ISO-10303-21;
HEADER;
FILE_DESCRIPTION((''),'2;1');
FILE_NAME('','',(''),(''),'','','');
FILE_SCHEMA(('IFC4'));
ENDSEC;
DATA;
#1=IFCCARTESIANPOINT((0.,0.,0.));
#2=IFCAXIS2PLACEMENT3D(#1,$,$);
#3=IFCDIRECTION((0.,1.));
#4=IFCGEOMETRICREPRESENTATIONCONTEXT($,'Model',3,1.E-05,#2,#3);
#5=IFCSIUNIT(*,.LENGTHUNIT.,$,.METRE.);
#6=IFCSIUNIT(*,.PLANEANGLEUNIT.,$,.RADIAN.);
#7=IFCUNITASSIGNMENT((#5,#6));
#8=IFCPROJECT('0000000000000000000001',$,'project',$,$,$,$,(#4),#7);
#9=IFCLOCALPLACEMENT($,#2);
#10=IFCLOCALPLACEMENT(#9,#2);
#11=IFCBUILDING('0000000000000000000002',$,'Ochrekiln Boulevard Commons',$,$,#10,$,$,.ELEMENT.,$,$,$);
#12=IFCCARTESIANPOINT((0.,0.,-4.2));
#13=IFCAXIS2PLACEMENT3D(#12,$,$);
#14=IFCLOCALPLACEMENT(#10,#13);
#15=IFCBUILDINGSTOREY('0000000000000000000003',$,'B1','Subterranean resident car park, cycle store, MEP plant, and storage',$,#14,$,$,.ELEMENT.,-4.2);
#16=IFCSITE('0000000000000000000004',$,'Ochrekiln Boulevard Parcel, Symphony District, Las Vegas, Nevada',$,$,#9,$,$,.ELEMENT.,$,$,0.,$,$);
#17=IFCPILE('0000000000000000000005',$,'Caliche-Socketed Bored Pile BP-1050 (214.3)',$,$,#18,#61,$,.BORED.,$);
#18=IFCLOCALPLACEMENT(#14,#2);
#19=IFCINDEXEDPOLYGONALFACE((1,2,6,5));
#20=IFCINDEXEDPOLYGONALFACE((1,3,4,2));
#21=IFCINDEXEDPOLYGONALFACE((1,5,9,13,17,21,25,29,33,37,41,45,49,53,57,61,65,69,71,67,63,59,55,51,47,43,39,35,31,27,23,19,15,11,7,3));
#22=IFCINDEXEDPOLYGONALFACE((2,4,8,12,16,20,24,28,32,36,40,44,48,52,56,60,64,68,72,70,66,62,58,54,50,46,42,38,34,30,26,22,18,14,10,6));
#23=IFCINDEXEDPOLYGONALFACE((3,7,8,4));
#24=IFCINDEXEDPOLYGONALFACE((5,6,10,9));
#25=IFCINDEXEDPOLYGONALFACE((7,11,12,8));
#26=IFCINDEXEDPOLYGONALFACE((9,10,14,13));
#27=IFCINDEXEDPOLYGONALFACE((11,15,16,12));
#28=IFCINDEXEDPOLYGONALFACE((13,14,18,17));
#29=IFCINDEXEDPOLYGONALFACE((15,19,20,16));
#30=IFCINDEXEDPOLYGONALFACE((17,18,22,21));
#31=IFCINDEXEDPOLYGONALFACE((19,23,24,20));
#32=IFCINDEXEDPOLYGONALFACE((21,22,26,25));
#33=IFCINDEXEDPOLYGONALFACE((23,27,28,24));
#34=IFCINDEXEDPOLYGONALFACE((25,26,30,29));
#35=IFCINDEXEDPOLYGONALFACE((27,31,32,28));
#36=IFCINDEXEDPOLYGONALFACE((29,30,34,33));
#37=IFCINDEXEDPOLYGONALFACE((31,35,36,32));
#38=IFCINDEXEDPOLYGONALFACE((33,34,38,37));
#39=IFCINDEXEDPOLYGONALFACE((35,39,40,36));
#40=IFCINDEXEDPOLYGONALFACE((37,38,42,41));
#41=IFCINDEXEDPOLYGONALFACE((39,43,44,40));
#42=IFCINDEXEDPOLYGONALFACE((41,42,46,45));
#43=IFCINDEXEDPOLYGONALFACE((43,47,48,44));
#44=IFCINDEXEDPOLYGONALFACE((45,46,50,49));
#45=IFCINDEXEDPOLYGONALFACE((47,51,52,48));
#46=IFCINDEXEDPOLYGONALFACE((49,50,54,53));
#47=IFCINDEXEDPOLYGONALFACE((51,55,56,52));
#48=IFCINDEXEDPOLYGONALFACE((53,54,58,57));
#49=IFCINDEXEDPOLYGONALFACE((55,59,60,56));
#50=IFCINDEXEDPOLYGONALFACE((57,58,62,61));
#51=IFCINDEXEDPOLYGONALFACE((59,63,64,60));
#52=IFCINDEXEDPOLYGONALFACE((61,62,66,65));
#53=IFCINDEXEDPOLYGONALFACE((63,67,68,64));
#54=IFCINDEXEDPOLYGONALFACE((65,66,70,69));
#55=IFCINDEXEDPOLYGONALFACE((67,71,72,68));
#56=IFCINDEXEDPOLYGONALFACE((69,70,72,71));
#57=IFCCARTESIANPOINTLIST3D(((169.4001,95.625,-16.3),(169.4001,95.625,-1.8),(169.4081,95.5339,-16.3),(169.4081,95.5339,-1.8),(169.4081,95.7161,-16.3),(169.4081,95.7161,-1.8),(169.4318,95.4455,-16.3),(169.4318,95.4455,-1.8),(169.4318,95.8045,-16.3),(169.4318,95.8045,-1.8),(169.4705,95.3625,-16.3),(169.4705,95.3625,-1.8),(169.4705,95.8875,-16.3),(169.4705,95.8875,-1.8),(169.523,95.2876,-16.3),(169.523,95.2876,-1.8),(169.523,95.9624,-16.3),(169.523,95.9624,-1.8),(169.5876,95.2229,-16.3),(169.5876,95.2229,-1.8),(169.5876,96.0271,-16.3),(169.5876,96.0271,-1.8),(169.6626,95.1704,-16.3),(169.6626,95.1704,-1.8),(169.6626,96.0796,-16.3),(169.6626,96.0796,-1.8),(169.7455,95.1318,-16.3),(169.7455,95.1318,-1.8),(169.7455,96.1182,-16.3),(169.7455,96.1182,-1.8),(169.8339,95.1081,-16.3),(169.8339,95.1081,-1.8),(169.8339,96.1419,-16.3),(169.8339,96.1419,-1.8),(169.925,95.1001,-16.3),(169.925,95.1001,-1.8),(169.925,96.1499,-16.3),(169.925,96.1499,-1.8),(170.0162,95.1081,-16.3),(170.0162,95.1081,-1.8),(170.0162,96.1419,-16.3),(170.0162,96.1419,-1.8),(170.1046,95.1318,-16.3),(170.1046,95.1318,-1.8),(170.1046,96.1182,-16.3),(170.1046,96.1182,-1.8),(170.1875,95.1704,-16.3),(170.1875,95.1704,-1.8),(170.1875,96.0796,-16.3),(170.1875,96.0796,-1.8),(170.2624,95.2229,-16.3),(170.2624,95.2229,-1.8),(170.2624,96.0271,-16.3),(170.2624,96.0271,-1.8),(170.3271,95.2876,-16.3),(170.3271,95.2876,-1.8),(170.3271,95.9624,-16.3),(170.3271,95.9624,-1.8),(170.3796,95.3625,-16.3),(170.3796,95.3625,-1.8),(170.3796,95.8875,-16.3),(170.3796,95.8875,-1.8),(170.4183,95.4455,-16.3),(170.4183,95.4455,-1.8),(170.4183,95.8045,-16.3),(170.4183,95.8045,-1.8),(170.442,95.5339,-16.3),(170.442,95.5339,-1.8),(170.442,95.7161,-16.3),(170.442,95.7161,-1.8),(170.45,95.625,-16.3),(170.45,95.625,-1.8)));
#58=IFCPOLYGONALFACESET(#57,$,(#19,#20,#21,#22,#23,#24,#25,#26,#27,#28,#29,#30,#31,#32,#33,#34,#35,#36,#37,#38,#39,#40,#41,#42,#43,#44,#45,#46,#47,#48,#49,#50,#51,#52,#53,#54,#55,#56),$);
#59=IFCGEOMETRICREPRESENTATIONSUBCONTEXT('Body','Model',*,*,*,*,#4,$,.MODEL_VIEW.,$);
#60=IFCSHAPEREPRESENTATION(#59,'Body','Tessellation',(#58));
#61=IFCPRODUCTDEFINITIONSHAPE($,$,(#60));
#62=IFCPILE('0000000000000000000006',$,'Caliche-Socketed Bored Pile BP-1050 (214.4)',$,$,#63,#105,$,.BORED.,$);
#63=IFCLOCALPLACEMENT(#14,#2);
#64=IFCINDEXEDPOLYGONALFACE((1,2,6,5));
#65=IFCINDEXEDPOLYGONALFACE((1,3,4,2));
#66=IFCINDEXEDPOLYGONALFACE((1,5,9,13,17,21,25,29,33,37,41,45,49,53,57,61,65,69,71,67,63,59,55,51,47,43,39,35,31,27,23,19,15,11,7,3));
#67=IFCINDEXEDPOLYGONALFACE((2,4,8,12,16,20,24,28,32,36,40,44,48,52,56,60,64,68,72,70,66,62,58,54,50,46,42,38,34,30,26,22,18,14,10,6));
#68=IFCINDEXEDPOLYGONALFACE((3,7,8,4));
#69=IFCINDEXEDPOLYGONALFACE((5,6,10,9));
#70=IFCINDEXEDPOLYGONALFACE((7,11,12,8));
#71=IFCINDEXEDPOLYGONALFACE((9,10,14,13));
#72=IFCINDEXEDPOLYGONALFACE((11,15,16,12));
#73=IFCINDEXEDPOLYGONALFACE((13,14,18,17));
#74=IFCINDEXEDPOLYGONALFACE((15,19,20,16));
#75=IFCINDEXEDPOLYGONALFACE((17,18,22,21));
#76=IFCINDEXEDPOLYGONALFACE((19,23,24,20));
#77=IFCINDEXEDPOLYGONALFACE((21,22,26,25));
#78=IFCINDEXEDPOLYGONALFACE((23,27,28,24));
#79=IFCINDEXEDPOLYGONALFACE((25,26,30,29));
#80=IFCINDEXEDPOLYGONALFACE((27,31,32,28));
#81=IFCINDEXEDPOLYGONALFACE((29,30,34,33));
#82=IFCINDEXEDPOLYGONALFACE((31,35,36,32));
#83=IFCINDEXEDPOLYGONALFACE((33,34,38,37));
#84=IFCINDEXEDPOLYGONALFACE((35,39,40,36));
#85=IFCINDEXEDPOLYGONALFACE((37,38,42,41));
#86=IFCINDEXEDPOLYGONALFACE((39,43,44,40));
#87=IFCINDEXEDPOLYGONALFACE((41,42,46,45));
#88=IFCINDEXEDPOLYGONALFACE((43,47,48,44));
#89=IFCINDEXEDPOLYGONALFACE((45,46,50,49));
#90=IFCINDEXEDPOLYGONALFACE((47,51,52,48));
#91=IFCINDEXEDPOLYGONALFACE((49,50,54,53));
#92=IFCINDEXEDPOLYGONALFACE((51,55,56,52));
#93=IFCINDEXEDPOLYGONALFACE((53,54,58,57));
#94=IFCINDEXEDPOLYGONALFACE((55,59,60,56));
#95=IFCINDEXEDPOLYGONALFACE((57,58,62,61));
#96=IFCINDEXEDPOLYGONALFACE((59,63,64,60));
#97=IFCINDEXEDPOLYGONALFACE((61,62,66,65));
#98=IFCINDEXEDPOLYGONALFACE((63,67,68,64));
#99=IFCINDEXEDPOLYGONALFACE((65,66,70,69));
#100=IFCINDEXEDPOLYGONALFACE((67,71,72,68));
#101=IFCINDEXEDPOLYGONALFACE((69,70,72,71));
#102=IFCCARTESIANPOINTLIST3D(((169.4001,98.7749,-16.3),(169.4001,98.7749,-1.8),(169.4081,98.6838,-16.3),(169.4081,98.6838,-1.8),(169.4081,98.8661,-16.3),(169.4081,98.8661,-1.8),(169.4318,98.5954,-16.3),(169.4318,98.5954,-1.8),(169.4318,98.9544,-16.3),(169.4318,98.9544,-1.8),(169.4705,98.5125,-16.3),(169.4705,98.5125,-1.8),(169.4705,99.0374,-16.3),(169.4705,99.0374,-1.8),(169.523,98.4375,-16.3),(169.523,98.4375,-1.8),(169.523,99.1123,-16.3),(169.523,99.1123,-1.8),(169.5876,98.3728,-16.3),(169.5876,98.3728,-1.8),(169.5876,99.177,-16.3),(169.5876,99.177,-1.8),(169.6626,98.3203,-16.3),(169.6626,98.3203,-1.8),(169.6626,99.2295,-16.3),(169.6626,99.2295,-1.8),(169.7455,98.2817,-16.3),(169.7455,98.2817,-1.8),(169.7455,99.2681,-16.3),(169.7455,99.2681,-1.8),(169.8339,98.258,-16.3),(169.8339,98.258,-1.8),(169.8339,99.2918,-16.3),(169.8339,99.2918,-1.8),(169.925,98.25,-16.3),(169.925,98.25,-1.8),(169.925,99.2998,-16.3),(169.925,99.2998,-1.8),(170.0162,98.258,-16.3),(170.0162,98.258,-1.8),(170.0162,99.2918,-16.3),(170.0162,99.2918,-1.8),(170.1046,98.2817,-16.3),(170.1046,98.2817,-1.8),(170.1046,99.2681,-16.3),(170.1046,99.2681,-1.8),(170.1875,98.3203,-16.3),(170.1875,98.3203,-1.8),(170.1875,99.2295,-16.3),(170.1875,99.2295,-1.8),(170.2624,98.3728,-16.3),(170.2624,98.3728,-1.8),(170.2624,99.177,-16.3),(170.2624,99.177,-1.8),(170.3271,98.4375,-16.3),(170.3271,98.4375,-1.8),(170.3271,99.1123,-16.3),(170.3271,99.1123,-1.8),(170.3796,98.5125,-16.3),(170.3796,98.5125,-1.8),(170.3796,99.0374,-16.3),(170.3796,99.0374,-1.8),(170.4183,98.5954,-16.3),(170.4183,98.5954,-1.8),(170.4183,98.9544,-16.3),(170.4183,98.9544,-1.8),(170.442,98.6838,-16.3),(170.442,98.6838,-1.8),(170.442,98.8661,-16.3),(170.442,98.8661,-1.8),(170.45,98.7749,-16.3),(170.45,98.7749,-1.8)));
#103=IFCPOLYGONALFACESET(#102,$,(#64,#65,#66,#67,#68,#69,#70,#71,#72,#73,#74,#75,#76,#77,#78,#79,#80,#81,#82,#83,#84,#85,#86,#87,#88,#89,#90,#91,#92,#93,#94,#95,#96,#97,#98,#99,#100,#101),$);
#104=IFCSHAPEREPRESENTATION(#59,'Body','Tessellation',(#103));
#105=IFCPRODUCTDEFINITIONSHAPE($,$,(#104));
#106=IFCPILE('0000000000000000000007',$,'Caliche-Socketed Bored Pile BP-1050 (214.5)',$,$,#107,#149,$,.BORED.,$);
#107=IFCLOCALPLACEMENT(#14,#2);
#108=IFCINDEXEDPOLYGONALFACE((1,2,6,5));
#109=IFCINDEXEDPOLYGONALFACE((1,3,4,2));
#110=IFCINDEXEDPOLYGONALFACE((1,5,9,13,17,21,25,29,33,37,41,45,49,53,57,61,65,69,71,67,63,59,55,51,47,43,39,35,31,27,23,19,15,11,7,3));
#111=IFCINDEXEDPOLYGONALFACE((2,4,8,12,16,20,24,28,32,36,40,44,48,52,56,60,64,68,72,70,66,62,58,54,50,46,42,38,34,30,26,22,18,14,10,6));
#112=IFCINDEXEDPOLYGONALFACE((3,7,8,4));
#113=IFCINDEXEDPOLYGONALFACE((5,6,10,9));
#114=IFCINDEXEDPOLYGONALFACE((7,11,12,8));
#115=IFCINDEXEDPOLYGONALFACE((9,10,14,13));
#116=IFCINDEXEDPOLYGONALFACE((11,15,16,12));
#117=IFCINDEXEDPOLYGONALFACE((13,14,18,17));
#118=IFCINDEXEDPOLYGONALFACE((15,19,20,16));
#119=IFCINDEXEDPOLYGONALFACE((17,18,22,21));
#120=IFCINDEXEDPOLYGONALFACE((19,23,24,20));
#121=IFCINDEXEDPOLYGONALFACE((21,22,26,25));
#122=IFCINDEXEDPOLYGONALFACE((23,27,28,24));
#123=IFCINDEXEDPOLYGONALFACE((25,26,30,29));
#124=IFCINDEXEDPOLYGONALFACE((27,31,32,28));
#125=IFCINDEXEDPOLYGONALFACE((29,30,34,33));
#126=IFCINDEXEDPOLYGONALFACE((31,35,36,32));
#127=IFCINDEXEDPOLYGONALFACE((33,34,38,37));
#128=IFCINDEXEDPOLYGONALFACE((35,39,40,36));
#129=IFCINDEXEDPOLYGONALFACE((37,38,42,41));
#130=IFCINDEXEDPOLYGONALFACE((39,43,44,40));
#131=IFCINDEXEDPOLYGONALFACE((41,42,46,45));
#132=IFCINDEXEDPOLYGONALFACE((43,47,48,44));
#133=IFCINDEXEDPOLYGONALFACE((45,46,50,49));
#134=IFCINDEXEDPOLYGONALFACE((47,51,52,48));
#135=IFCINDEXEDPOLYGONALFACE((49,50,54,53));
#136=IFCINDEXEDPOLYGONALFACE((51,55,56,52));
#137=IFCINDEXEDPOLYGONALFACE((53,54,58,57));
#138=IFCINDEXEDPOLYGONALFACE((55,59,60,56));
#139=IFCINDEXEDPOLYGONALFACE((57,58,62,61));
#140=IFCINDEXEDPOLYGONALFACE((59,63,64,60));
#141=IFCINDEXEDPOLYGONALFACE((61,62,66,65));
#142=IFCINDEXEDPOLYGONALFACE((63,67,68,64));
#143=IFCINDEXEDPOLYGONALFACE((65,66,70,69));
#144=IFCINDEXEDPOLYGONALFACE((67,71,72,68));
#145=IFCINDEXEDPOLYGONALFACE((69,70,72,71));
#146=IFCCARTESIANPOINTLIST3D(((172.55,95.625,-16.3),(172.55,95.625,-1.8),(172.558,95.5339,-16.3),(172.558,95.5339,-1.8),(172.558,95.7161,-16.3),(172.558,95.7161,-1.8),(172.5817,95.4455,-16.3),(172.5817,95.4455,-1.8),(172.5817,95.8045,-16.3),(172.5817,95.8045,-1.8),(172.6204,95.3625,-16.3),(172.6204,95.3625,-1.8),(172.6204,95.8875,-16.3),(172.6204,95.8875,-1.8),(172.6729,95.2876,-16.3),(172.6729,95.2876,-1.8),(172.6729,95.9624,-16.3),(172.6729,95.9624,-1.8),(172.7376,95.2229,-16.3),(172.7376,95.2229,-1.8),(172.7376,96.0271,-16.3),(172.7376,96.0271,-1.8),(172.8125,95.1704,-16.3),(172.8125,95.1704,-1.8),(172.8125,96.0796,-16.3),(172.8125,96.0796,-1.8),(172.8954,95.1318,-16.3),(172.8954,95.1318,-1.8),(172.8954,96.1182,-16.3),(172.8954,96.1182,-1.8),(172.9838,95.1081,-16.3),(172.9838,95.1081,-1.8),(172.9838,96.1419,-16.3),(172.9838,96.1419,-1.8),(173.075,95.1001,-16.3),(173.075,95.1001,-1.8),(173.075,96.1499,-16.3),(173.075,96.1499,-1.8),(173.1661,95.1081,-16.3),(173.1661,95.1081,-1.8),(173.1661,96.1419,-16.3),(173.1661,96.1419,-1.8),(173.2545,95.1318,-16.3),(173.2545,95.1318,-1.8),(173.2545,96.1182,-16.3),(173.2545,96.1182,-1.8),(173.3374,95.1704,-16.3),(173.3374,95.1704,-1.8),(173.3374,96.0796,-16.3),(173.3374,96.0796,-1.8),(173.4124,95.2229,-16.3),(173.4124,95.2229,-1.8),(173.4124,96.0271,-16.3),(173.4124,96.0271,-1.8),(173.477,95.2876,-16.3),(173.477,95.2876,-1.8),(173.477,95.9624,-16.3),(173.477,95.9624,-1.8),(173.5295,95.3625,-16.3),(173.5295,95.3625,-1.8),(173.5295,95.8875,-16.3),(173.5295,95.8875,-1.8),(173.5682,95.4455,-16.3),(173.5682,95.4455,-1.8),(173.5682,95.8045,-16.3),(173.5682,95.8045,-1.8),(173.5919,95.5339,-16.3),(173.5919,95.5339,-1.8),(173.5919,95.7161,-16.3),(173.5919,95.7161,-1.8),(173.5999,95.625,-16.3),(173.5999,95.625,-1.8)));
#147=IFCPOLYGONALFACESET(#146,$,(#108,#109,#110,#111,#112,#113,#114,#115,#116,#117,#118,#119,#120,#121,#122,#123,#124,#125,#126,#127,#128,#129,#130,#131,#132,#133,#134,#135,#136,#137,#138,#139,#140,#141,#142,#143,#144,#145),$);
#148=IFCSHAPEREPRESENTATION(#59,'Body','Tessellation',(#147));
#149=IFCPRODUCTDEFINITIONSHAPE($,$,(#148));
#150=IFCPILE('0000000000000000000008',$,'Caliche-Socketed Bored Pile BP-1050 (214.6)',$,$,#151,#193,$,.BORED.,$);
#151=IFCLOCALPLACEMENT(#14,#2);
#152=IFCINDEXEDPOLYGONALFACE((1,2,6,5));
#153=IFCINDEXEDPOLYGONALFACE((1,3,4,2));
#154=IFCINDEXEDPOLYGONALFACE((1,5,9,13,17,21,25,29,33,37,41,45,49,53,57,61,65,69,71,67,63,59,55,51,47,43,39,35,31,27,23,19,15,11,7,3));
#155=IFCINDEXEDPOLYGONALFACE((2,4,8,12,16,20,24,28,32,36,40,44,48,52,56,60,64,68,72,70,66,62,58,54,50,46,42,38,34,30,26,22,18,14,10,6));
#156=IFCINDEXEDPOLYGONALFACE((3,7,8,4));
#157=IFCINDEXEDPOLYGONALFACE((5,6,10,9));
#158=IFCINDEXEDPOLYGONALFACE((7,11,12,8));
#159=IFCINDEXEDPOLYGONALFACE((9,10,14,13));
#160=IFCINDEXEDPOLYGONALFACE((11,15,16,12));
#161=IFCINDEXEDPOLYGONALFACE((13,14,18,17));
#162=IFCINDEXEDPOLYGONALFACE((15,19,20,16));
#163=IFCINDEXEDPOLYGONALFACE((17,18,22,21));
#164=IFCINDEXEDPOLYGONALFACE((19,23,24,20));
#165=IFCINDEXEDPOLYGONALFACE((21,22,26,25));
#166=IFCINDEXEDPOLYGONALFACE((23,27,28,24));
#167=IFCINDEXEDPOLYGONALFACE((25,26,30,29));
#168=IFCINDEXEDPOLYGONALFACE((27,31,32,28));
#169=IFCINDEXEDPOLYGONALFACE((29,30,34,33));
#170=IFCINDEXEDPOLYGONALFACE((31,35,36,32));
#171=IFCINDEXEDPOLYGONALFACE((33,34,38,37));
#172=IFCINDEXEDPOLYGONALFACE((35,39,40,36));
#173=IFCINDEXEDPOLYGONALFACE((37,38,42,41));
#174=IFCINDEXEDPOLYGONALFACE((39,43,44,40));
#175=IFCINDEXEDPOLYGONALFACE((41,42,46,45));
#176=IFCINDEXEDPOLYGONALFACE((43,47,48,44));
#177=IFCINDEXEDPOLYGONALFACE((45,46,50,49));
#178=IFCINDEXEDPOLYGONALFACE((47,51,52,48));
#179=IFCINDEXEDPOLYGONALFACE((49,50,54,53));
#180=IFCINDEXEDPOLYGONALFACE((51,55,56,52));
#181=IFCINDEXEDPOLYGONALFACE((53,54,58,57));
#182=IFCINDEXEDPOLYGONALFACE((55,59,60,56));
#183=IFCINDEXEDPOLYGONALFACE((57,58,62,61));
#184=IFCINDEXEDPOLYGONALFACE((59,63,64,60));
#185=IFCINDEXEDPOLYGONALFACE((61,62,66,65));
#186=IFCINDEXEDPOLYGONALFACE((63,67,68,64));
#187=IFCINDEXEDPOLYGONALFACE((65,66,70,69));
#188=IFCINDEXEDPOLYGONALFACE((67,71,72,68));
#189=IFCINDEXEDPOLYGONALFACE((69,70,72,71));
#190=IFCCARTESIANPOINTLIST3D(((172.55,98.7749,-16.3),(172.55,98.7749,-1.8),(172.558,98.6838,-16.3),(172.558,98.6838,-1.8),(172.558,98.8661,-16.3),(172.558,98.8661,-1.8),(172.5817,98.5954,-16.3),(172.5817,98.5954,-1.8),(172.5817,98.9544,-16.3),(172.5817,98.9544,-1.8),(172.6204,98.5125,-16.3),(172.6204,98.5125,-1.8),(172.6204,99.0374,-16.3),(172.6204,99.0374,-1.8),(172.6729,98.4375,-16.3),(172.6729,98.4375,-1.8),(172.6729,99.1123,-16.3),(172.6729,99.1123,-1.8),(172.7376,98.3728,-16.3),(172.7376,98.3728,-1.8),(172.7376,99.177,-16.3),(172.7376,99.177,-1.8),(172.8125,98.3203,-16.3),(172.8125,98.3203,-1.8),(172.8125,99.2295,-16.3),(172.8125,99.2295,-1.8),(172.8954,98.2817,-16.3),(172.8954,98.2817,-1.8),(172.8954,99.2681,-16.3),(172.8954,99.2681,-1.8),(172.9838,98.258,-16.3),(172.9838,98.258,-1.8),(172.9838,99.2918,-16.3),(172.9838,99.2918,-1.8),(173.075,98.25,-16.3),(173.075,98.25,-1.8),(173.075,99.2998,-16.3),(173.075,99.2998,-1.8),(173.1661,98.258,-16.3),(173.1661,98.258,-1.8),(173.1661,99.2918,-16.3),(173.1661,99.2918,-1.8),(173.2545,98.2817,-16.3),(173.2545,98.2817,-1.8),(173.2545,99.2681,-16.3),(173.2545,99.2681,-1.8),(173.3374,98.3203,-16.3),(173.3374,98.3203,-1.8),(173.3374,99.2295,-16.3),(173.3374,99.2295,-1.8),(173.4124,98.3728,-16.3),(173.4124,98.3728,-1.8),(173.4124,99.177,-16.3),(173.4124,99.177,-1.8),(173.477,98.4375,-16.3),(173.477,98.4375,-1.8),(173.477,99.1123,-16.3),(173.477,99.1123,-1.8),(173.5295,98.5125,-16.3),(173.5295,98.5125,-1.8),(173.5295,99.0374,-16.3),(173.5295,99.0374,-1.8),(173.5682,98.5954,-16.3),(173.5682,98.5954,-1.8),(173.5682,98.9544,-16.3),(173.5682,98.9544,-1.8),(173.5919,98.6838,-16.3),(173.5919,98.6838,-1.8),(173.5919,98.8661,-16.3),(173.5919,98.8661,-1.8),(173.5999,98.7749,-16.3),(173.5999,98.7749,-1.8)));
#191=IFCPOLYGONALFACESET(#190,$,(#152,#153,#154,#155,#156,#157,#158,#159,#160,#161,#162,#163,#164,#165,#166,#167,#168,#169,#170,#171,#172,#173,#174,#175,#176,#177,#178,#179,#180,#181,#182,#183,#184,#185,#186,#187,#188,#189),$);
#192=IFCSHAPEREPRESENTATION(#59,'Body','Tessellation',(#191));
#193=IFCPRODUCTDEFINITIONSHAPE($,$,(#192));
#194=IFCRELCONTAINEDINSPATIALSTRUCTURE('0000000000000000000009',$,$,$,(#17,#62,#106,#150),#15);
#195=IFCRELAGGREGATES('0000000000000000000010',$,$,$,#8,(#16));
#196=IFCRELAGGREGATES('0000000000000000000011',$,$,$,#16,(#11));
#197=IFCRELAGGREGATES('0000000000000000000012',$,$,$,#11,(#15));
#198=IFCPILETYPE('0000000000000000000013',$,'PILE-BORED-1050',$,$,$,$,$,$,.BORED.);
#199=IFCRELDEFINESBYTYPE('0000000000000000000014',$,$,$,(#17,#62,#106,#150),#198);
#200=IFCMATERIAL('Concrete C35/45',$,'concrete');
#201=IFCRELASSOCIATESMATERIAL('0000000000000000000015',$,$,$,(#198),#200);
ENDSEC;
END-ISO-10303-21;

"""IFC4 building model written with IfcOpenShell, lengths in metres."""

from ifc_helpers import new_model, si_unit, direction, frame, origin, origin_2d, place, context, subcontext, project, spatial, circle, extrude, material, material_profile, profile_set, type_object, element, save


model = new_model("IFC4")

# Units and contexts
model_context = context("Model", 3, precision=1e-05, world=origin(), true_north=direction((0.0, 1.0)))
body_context = subcontext(model_context, "Body", "Model", "MODEL_VIEW")
ifc_project = project(units=[si_unit("LENGTHUNIT", "METRE"), si_unit("PLANEANGLEUNIT", "RADIAN")], contexts=[model_context])

# Site, building, storey
site_placement = place(None, origin())
site = spatial("IfcSite", under=ifc_project, at=site_placement, Name="Ochrekiln Boulevard Parcel, Symphony District, Las Vegas, Nevada", CompositionType="ELEMENT", RefElevation=0.0)
building_placement = place(site_placement, origin())
building = spatial("IfcBuilding", under=site, at=building_placement, Name="Ochrekiln Boulevard Commons", CompositionType="ELEMENT")
storey_placement = place(building_placement, frame((0.0, 0.0, -4.2)))
storey = spatial("IfcBuildingStorey", under=building, at=storey_placement, Name="B1", Description="Subterranean resident car park, cycle store, MEP plant, and storage", CompositionType="ELEMENT", Elevation=-4.2)

# Shared definitions
ifc_material_1 = material(Name="Concrete C35/45", Category="concrete")

# Piles
ifc_material_profile_1 = material_profile(ifc_material_1, circle(Radius=0.5249, at=origin_2d()), Name="PILE-D1050")
ifc_profile_set_1 = profile_set([ifc_material_profile_1], Name="Concrete C35/45")
pile_type = type_object("IfcPileType", Name="PILE-BORED-1050", PredefinedType="BORED", material=ifc_profile_set_1)
for number, where, z_axis, x_axis, name in (
    (1, (169.925, 95.625, -1.8), (0.0, 0.0, -1.0), (1.0, 0.0, 0.0), "Caliche-Socketed Bored Pile BP-1050 (214.3)"),
    (2, (169.925, 98.7749, -1.8), (0.0, 0.0, -1.0), (1.0, 0.0, 0.0), "Caliche-Socketed Bored Pile BP-1050 (214.4)"),
    (3, (173.075, 95.625, -1.8), (0.0, 0.0, -1.0), (1.0, 0.0, 0.0), "Caliche-Socketed Bored Pile BP-1050 (214.5)"),
    (4, (173.075, 98.7749, -1.8), (0.0, 0.0, -1.0), (1.0, 0.0, 0.0), "Caliche-Socketed Bored Pile BP-1050 (214.6)"),
):
    element("IfcPile", number, at=place(storey_placement, frame(where, z_axis=z_axis, x_axis=x_axis)), inside=storey, type_object=pile_type, Name=name, PredefinedType="BORED", context=body_context, shape_type="SweptSolid", body=[
        extrude(circle(Radius=0.5249, at=origin_2d()), origin(), (0.0, 0.0, 1.0), 14.5),
    ])

save(model, "model.ifc")
